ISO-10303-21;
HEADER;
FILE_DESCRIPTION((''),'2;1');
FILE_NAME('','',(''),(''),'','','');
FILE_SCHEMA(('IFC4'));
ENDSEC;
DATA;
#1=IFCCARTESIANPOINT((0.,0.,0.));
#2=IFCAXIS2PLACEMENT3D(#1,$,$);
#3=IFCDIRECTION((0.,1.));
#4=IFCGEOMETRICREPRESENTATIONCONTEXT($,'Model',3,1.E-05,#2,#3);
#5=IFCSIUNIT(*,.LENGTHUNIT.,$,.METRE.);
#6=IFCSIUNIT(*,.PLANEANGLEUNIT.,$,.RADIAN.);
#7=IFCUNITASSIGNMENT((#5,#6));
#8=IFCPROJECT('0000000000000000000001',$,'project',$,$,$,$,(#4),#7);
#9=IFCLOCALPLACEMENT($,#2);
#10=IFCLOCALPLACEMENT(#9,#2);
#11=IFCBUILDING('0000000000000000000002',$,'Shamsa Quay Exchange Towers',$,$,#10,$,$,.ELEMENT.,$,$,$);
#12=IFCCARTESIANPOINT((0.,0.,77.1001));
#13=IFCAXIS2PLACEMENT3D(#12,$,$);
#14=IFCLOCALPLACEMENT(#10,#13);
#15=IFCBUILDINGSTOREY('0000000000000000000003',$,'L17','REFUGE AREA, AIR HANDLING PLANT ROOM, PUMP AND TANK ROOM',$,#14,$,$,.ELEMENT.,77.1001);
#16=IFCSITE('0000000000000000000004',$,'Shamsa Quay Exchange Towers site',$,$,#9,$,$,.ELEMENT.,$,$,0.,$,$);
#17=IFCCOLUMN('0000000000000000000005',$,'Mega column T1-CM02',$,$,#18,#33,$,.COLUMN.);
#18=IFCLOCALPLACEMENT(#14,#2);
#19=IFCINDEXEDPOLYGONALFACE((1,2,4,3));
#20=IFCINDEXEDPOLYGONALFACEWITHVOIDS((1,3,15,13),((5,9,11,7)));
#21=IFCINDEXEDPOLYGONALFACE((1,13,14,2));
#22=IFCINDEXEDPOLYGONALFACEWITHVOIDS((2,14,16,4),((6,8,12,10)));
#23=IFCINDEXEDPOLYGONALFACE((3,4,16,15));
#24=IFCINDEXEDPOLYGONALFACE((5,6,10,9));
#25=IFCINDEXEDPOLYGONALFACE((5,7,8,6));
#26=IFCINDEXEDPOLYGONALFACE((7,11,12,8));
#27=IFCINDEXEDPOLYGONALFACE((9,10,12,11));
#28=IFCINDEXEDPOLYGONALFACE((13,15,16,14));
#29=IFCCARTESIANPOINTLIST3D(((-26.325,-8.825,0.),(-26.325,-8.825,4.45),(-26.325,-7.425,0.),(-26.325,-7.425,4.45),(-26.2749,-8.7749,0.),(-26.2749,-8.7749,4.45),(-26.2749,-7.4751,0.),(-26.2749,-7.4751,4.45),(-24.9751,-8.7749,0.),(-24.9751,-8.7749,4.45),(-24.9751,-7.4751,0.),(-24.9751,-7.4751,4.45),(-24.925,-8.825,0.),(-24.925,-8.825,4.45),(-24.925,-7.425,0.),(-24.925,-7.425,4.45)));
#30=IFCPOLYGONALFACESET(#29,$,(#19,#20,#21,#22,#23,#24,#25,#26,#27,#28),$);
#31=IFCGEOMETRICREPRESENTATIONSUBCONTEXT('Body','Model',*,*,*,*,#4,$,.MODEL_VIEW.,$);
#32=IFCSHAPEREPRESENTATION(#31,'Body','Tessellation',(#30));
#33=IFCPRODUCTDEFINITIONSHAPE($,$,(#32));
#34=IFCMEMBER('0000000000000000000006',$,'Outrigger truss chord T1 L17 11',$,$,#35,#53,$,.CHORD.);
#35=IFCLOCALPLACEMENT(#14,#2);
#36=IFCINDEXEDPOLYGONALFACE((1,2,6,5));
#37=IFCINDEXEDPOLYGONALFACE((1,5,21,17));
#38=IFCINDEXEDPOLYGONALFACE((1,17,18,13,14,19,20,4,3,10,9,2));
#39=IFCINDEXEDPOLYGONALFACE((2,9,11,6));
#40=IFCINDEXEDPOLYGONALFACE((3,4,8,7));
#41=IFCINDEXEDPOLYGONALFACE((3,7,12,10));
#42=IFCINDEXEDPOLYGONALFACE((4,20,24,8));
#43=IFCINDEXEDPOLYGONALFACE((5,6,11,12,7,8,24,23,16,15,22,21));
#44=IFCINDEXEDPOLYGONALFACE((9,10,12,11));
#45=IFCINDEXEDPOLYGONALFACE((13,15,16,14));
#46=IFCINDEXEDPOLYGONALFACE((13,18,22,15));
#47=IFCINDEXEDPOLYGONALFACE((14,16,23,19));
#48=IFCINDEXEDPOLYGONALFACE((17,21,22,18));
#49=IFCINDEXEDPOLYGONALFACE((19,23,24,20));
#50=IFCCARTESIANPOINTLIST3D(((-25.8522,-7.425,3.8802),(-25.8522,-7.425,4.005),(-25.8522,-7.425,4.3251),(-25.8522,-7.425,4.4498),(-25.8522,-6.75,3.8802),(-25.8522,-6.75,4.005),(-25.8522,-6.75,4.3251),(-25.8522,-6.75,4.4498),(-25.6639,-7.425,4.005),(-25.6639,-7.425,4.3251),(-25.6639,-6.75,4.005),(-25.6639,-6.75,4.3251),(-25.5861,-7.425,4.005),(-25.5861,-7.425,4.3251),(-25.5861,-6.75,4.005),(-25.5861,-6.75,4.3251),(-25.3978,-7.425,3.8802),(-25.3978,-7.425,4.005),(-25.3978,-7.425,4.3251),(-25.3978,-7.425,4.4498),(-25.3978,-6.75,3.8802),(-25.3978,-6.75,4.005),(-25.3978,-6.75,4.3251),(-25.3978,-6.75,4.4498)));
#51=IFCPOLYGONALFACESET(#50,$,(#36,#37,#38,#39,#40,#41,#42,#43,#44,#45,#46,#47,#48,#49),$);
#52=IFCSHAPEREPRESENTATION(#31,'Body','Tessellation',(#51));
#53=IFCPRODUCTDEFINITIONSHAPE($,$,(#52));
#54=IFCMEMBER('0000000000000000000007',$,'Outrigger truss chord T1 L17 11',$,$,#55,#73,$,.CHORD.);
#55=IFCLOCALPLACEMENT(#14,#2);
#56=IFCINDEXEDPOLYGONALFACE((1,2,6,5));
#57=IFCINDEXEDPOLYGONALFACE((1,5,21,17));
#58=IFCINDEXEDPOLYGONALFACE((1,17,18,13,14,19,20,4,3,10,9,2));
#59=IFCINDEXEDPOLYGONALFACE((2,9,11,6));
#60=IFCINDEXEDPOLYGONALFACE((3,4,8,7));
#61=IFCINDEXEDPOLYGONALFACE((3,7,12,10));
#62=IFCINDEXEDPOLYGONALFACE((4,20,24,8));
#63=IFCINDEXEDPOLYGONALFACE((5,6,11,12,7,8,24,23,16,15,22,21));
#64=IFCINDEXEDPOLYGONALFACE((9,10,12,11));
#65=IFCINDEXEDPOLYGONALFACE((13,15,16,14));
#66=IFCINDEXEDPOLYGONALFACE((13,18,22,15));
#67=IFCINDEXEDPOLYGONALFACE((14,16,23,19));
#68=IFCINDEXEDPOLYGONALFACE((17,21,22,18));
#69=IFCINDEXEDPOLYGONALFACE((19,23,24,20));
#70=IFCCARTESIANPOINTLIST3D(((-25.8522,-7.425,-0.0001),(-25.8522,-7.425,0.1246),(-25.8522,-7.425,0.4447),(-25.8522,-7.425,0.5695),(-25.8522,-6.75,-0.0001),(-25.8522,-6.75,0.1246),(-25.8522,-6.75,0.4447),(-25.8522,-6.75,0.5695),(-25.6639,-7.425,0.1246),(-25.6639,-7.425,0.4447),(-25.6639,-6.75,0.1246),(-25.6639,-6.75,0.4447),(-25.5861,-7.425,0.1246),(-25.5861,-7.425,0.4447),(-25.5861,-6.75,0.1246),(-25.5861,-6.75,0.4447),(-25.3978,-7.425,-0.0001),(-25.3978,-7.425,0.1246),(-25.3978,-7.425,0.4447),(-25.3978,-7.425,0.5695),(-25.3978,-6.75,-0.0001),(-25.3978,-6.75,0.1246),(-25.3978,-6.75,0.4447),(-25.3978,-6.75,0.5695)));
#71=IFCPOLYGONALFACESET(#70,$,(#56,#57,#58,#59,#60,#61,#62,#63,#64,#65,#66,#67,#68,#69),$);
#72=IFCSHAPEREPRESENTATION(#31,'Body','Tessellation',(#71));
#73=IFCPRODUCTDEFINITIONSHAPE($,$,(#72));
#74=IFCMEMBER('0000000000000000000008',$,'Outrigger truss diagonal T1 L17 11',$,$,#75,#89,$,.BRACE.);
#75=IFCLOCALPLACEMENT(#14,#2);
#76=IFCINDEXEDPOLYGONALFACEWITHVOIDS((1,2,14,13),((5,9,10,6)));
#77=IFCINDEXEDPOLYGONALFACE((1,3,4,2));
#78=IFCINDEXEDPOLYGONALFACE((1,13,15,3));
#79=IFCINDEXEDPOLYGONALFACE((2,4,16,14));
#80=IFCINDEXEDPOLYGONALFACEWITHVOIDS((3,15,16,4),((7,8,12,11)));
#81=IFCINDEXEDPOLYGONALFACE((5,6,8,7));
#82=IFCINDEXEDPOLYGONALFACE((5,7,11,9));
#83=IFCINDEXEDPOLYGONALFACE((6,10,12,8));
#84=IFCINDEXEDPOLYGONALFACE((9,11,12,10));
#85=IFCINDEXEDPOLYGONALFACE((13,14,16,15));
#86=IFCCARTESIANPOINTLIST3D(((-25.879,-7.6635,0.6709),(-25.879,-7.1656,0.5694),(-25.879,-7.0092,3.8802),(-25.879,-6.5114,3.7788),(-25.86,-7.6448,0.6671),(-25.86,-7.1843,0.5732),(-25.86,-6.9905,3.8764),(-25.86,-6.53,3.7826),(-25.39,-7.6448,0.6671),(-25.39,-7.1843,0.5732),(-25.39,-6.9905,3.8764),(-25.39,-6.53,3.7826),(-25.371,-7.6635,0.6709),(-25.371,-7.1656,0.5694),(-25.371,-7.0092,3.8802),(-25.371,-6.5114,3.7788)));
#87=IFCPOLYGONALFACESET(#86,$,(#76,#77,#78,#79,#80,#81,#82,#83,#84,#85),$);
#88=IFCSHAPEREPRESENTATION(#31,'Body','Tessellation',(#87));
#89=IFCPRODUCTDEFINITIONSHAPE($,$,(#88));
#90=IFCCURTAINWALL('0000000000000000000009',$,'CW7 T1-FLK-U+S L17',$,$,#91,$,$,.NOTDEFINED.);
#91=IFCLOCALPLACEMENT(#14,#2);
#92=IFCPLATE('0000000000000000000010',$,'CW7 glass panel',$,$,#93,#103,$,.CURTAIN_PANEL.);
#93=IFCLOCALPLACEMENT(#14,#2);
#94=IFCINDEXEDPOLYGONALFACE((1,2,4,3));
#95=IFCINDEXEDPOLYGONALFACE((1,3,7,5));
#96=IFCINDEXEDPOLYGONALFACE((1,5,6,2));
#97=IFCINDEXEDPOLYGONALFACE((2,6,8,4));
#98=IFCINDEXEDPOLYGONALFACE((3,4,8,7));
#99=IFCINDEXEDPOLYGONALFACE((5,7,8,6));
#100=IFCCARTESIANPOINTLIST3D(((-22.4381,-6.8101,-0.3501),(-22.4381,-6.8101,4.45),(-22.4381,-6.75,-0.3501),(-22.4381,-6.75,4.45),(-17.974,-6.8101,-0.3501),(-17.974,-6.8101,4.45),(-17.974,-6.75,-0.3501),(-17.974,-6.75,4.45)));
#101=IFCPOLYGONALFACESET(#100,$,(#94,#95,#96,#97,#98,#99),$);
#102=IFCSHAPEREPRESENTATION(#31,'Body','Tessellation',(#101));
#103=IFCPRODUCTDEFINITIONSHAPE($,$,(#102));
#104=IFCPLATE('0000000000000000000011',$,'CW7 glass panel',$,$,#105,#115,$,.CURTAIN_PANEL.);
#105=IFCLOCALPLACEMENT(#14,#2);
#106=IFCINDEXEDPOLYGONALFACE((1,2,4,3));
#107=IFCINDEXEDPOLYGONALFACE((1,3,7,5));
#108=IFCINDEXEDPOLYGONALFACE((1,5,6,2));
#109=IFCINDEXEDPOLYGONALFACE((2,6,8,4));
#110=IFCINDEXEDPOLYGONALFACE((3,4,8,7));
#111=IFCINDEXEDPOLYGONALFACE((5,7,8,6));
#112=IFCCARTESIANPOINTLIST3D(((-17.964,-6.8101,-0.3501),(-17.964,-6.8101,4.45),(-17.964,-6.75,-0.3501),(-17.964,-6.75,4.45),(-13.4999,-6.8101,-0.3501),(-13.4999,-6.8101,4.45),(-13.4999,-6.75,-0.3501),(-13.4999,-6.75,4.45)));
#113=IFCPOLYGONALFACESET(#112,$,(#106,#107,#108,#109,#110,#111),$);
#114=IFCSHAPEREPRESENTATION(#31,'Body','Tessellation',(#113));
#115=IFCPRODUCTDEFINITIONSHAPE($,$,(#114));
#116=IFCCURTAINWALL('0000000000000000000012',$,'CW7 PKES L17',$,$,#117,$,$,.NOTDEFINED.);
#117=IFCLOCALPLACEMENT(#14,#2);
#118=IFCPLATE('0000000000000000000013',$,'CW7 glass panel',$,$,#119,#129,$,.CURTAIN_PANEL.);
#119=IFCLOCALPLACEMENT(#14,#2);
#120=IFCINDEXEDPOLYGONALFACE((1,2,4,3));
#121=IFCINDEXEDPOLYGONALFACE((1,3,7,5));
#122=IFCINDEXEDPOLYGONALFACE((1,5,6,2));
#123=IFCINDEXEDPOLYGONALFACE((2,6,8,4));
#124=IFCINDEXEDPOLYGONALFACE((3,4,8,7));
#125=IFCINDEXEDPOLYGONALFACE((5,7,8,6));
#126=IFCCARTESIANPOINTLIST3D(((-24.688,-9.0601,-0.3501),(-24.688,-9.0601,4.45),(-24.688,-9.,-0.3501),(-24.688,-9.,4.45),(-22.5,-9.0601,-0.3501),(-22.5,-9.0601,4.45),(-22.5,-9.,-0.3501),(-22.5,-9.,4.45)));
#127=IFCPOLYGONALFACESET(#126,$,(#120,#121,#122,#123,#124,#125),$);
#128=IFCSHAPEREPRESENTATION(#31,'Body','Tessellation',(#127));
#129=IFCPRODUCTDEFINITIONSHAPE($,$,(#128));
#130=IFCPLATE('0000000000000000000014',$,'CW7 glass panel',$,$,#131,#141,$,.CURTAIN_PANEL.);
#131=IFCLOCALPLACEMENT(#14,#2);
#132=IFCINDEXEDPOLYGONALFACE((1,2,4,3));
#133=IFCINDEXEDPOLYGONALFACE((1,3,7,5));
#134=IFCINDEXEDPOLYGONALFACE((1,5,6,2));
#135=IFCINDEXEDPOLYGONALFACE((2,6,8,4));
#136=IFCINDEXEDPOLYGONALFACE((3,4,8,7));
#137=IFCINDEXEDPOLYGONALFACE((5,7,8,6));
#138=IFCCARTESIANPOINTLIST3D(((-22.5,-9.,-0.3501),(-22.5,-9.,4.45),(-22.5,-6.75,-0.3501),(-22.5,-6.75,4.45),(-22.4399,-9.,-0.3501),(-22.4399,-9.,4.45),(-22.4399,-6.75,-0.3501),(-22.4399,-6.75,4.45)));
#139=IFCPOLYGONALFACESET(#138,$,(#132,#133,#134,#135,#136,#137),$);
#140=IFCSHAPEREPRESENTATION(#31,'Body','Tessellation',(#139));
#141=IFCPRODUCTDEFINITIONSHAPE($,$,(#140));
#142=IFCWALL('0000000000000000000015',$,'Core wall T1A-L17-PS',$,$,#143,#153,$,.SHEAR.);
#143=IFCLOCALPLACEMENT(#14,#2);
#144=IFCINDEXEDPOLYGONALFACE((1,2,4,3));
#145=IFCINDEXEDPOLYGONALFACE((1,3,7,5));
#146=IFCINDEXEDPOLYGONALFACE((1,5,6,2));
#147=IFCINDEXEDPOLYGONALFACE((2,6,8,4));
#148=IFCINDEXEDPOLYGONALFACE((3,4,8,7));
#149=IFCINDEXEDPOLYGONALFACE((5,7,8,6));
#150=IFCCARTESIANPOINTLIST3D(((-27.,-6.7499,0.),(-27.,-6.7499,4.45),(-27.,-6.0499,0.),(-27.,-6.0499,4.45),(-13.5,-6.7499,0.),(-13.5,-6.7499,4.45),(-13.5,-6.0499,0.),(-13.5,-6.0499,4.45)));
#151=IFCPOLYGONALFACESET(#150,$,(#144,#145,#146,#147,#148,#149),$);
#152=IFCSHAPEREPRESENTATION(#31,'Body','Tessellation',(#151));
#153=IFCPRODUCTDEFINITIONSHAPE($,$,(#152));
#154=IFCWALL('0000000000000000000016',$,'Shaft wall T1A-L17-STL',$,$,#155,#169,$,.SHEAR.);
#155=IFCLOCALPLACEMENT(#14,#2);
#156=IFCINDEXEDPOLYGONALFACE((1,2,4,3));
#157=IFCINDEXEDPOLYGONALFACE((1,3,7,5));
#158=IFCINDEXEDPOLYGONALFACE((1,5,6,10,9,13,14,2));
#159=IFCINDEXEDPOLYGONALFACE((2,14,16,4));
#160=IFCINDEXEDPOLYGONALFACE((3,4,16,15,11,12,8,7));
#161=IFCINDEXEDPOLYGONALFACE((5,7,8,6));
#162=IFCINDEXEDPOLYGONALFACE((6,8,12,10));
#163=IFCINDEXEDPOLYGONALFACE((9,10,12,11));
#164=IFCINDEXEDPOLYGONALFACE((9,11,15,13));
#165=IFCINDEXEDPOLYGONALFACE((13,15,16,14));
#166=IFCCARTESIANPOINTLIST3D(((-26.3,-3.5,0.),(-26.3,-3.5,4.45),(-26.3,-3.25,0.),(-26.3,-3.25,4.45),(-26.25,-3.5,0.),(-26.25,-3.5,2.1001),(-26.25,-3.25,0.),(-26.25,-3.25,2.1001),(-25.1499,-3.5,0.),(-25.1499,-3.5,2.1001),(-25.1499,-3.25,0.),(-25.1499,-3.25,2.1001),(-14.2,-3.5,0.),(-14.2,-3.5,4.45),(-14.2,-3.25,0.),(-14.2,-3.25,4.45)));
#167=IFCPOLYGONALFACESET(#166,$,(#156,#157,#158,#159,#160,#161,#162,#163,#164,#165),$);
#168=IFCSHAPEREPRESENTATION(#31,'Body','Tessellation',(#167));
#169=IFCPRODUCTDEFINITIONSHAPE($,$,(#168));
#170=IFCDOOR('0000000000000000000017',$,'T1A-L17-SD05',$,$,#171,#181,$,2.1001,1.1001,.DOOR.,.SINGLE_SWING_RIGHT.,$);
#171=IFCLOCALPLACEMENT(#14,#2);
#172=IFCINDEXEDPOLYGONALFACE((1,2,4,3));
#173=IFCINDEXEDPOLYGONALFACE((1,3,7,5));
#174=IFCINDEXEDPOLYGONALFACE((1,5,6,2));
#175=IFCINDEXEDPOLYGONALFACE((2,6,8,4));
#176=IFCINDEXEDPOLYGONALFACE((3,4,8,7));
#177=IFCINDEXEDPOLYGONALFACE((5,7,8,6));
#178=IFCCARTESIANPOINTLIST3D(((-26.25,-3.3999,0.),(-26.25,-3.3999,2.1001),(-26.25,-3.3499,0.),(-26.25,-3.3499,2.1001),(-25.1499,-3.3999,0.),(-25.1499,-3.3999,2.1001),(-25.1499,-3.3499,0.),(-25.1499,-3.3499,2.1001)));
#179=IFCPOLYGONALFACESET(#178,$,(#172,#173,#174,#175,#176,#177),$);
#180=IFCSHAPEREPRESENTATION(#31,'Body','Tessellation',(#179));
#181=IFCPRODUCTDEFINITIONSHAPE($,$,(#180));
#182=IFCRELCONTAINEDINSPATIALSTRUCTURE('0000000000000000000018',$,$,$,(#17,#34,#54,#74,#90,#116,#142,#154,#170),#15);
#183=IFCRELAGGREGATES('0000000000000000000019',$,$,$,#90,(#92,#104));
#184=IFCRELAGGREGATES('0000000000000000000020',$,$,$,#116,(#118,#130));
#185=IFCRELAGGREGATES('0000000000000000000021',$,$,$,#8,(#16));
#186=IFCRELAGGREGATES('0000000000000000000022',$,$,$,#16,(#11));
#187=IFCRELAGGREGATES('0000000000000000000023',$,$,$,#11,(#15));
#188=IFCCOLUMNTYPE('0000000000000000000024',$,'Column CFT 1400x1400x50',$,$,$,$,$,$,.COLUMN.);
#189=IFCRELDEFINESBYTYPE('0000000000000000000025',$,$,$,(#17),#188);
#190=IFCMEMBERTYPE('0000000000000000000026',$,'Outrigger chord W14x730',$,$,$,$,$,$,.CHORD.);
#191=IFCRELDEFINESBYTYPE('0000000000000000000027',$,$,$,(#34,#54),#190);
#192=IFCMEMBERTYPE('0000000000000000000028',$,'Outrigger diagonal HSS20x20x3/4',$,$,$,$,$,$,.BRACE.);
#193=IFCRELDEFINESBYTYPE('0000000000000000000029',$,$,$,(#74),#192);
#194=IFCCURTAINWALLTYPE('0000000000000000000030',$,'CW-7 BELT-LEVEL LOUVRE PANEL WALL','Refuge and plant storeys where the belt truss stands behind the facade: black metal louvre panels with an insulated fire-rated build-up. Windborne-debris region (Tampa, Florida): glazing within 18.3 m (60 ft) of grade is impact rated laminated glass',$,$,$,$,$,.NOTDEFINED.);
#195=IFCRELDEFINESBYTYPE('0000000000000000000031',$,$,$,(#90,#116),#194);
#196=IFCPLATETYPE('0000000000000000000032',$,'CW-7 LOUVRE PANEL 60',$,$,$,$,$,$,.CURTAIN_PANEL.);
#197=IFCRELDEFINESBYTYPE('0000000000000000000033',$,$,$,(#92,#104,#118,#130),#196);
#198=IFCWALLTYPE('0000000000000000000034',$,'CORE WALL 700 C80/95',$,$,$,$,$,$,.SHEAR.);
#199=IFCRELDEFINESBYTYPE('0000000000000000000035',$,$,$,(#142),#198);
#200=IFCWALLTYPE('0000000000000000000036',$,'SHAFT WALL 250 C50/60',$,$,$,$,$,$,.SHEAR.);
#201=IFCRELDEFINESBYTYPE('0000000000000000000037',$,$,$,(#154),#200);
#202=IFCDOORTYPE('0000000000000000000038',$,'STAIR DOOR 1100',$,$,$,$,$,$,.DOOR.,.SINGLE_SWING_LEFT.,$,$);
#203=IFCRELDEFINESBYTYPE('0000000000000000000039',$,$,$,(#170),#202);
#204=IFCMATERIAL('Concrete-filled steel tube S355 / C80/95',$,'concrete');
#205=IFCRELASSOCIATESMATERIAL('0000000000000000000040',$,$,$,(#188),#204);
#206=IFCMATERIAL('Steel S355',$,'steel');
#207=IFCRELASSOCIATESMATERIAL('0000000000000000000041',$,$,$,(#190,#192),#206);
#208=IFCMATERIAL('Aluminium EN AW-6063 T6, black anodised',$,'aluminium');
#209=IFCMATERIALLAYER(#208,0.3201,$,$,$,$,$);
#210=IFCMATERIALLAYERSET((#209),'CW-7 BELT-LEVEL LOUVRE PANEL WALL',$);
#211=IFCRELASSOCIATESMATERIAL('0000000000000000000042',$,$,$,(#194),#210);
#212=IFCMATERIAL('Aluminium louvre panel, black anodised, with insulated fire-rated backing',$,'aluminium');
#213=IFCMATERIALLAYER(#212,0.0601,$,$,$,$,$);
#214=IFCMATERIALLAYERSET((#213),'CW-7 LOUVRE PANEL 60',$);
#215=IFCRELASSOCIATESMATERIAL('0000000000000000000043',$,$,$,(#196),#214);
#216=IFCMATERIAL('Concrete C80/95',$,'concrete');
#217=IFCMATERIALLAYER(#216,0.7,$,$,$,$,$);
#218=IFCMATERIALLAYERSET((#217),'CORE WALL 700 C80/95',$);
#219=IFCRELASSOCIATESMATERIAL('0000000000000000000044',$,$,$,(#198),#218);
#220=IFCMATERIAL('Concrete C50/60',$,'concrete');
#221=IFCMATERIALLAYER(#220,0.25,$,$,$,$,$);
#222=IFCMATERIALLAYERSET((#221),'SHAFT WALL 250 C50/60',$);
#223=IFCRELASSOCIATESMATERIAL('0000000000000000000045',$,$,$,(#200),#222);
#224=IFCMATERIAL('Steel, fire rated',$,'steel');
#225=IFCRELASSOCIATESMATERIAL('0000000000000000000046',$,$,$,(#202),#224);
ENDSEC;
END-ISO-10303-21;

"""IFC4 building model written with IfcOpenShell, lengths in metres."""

from ifc_helpers import new_model, si_unit, direction, frame, frame_2d, origin, origin_2d, place, context, subcontext, project, spatial, rectangle, hollow_rectangle, i_section, extrude, material, layer, layer_set, material_profile, profile_set, type_object, element, fill, aggregate, save


model = new_model("IFC4")

# Units and contexts
model_context = context("Model", 3, precision=1e-05, world=origin(), true_north=direction((0.0, 1.0)))
body_context = subcontext(model_context, "Body", "Model", "MODEL_VIEW")
ifc_project = project(units=[si_unit("LENGTHUNIT", "METRE"), si_unit("PLANEANGLEUNIT", "RADIAN")], contexts=[model_context])

# Site, building, storey
site_placement = place(None, origin())
site = spatial("IfcSite", under=ifc_project, at=site_placement, Name="Shamsa Quay Exchange Towers site", CompositionType="ELEMENT", RefElevation=0.0)
building_placement = place(site_placement, origin())
building = spatial("IfcBuilding", under=site, at=building_placement, Name="Shamsa Quay Exchange Towers", CompositionType="ELEMENT")
storey_placement = place(building_placement, frame((0.0, 0.0, 77.1001)))
storey = spatial("IfcBuildingStorey", under=building, at=storey_placement, Name="L17", Description="REFUGE AREA, AIR HANDLING PLANT ROOM, PUMP AND TANK ROOM", CompositionType="ELEMENT", Elevation=77.1001)

# Column
ifc_material_1 = material(Name="Concrete-filled steel tube S355 / C80/95", Category="concrete")
ifc_material_profile_1 = material_profile(ifc_material_1, hollow_rectangle(XDim=1.3999, YDim=1.3999, WallThickness=0.05, at=origin_2d()), Name="CFT 1400x1400x50")
ifc_profile_set_1 = profile_set([ifc_material_profile_1], Name="Concrete-filled steel tube S355 / C80/95")
column_type = type_object("IfcColumnType", Name="Column CFT 1400x1400x50", PredefinedType="COLUMN", material=ifc_profile_set_1)
column_placement = place(storey_placement, frame((-25.625, -8.125, 0.0)))
element("IfcColumn", 1, at=column_placement, inside=storey, type_object=column_type, Name="Mega column T1-CM02", PredefinedType="COLUMN", context=body_context, shape_type="SweptSolid", body=[
    extrude(hollow_rectangle(XDim=1.3999, YDim=1.3999, WallThickness=0.05, at=origin_2d()), origin(), (0.0, 0.0, 1.0), 4.45),
])

# Members
ifc_material_2 = material(Name="Steel S355", Category="steel")
ifc_material_profile_2 = material_profile(ifc_material_2, i_section(OverallWidth=0.4543, OverallDepth=0.5696, WebThickness=0.0779, FlangeThickness=0.1248, at=origin_2d()), Name="W14x730")
ifc_profile_set_2 = profile_set([ifc_material_profile_2], Name="Steel S355")
member_type_1 = type_object("IfcMemberType", Name="Outrigger chord W14x730", PredefinedType="CHORD", material=ifc_profile_set_2)
for number, where, z_axis, x_axis, name in (
    (2, (-25.625, -7.425, 4.165), (0.0, 1.0, 0.0), (-1.0, 0.0, 0.0), "Outrigger truss chord T1 L17 11"),
    (3, (-25.625, -7.425, 0.2847), (0.0, 1.0, 0.0), (-1.0, 0.0, 0.0), "Outrigger truss chord T1 L17 11"),
):
    element("IfcMember", number, at=place(storey_placement, frame(where, z_axis=z_axis, x_axis=x_axis)), inside=storey, type_object=member_type_1, Name=name, PredefinedType="CHORD", context=body_context, shape_type="SweptSolid", body=[
        extrude(i_section(OverallWidth=0.4543, OverallDepth=0.5696, WebThickness=0.0779, FlangeThickness=0.1248, at=origin_2d()), origin(), (0.0, 0.0, 1.0), 0.675),
    ])
ifc_material_profile_3 = material_profile(ifc_material_2, hollow_rectangle(XDim=0.5081, YDim=0.5081, WallThickness=0.019, at=origin_2d()), Name="HSS20x20x3/4")
ifc_profile_set_3 = profile_set([ifc_material_profile_3], Name="Steel S355")
member_type_2 = type_object("IfcMemberType", Name="Outrigger diagonal HSS20x20x3/4", PredefinedType="BRACE", material=ifc_profile_set_3)
member_placement = place(storey_placement, frame((-25.625, -7.4146, 0.6201), z_axis=(0.0, 0.199756, 0.979846), x_axis=(-1.0, 0.0, 0.0)))
element("IfcMember", 4, at=member_placement, inside=storey, type_object=member_type_2, Name="Outrigger truss diagonal T1 L17 11", PredefinedType="BRACE", context=body_context, shape_type="SweptSolid", body=[
    extrude(hollow_rectangle(XDim=0.5081, YDim=0.5081, WallThickness=0.019, at=origin_2d()), origin(), (0.0, 0.0, 1.0), 3.2754),
])

# Curtain walls, plates
ifc_material_3 = material(Name="Aluminium EN AW-6063 T6, black anodised", Category="aluminium")
ifc_layer_1 = layer(ifc_material_3, 0.3201)
ifc_layer_set_1 = layer_set([ifc_layer_1], Name="CW-7 BELT-LEVEL LOUVRE PANEL WALL")
curtain_wall_type = type_object("IfcCurtainWallType", Name="CW-7 BELT-LEVEL LOUVRE PANEL WALL", Description="Refuge and plant storeys where the belt truss stands behind the facade: black metal louvre panels with an insulated fire-rated build-up. Windborne-debris region (Tampa, Florida): glazing within 18.3 m (60 ft) of grade is impact rated laminated glass", PredefinedType="NOTDEFINED", material=ifc_layer_set_1)
curtain_wall_1_placement = place(storey_placement, origin())
curtain_wall_1 = element("IfcCurtainWall", 5, at=curtain_wall_1_placement, inside=storey, type_object=curtain_wall_type, Name="CW7 T1-FLK-U+S L17", PredefinedType="NOTDEFINED")
ifc_material_4 = material(Name="Aluminium louvre panel, black anodised, with insulated fire-rated backing", Category="aluminium")
ifc_layer_2 = layer(ifc_material_4, 0.0601)
ifc_layer_set_2 = layer_set([ifc_layer_2], Name="CW-7 LOUVRE PANEL 60")
plate_type = type_object("IfcPlateType", Name="CW-7 LOUVRE PANEL 60", PredefinedType="CURTAIN_PANEL", material=ifc_layer_set_2)
plate_1_placement = place(storey_placement, frame((-20.2061, -6.78, -0.3501)))
plate_1 = element("IfcPlate", 6, at=plate_1_placement, type_object=plate_type, Name="CW7 glass panel", PredefinedType="CURTAIN_PANEL", context=body_context, shape_type="SweptSolid", body=[
    extrude(rectangle(XDim=4.4641, YDim=0.0601, at=origin_2d()), origin(), (0.0, 0.0, 1.0), 4.8),
])
plate_2_placement = place(storey_placement, frame((-15.7319, -6.78, -0.3501)))
plate_2 = element("IfcPlate", 7, at=plate_2_placement, type_object=plate_type, Name="CW7 glass panel", PredefinedType="CURTAIN_PANEL", context=body_context, shape_type="SweptSolid", body=[
    extrude(rectangle(XDim=4.4641, YDim=0.0601, at=origin_2d()), origin(), (0.0, 0.0, 1.0), 4.8),
])
aggregate(curtain_wall_1, [plate_1, plate_2])
curtain_wall_2_placement = place(storey_placement, origin())
curtain_wall_2 = element("IfcCurtainWall", 8, at=curtain_wall_2_placement, inside=storey, type_object=curtain_wall_type, Name="CW7 PKES L17", PredefinedType="NOTDEFINED")
plate_3_placement = place(storey_placement, frame((-23.594, -9.03, -0.3501)))
plate_3 = element("IfcPlate", 9, at=plate_3_placement, type_object=plate_type, Name="CW7 glass panel", PredefinedType="CURTAIN_PANEL", context=body_context, shape_type="SweptSolid", body=[
    extrude(rectangle(XDim=2.188, YDim=0.0601, at=origin_2d()), origin(), (0.0, 0.0, 1.0), 4.8),
])
plate_4_placement = place(storey_placement, frame((-22.47, -7.875, -0.3501), z_axis=(0.0, 0.0, 1.0), x_axis=(0.0, 1.0, 0.0)))
plate_4 = element("IfcPlate", 10, at=plate_4_placement, type_object=plate_type, Name="CW7 glass panel", PredefinedType="CURTAIN_PANEL", context=body_context, shape_type="SweptSolid", body=[
    extrude(rectangle(XDim=2.25, YDim=0.0601, at=origin_2d()), origin(), (0.0, 0.0, 1.0), 4.8),
])
aggregate(curtain_wall_2, [plate_3, plate_4])

# Wall
ifc_material_5 = material(Name="Concrete C80/95", Category="concrete")
ifc_layer_3 = layer(ifc_material_5, 0.7)
ifc_layer_set_3 = layer_set([ifc_layer_3], Name="CORE WALL 700 C80/95")
wall_type_1 = type_object("IfcWallType", Name="CORE WALL 700 C80/95", PredefinedType="SHEAR", material=ifc_layer_set_3)
wall_1_placement = place(storey_placement, frame((-27.0, -6.3999, 0.0)))
element("IfcWall", 11, at=wall_1_placement, inside=storey, type_object=wall_type_1, Name="Core wall T1A-L17-PS", PredefinedType="SHEAR", context=body_context, shape_type="SweptSolid", body=[
    extrude(rectangle(XDim=13.5, YDim=0.7, at=frame_2d((6.75, 0.0))), origin(), (0.0, 0.0, 1.0), 4.45),
])

# Wall, opening, door
ifc_material_6 = material(Name="Concrete C50/60", Category="concrete")
ifc_layer_4 = layer(ifc_material_6, 0.25)
ifc_layer_set_4 = layer_set([ifc_layer_4], Name="SHAFT WALL 250 C50/60")
wall_type_2 = type_object("IfcWallType", Name="SHAFT WALL 250 C50/60", PredefinedType="SHEAR", material=ifc_layer_set_4)
wall_2_placement = place(storey_placement, frame((-14.2, -3.375, 0.0), z_axis=(0.0, 0.0, 1.0), x_axis=(-1.0, 0.0, 0.0)))
wall_2 = element("IfcWall", 12, at=wall_2_placement, inside=storey, type_object=wall_type_2, Name="Shaft wall T1A-L17-STL", PredefinedType="SHEAR", context=body_context, shape_type="SweptSolid", body=[
    extrude(rectangle(XDim=12.1001, YDim=0.25, at=frame_2d((6.05, 0.0))), origin(), (0.0, 0.0, 1.0), 4.45),
])
opening_1_placement = place(wall_2_placement, frame((10.95, 0.0, 0.0)))
opening_1 = element("IfcOpeningElement", 13, at=opening_1_placement, cuts=wall_2, PredefinedType="OPENING", context=body_context, shape_type="SweptSolid", body=[
    extrude(rectangle(XDim=1.1001, YDim=2.1001, at=frame_2d((0.55, 1.05))), frame((0.0, 0.135, 0.0), z_axis=(0.0, -1.0, 0.0), x_axis=(1.0, 0.0, 0.0)), (0.0, 0.0, 1.0), 0.27),
])
ifc_material_7 = material(Name="Steel, fire rated", Category="steel")
door_type_1 = type_object("IfcDoorType", Name="STAIR DOOR 1100", OperationType="SINGLE_SWING_LEFT", PredefinedType="DOOR", material=ifc_material_7)
door_1_placement = place(opening_1_placement, origin())
door_1 = element("IfcDoor", 14, at=door_1_placement, inside=storey, type_object=door_type_1, Name="T1A-L17-SD05", OperationType="SINGLE_SWING_RIGHT", OverallHeight=2.1001, OverallWidth=1.1001, PredefinedType="DOOR", context=body_context, shape_type="SweptSolid", body=[
    extrude(rectangle(XDim=1.1001, YDim=2.1001, at=frame_2d((0.55, 1.05))), frame((0.0, 0.0249, 0.0), z_axis=(0.0, -1.0, 0.0), x_axis=(1.0, 0.0, 0.0)), (0.0, 0.0, 1.0), 0.05),
])
fill(opening_1, door_1)

save(model, "model.ifc")
